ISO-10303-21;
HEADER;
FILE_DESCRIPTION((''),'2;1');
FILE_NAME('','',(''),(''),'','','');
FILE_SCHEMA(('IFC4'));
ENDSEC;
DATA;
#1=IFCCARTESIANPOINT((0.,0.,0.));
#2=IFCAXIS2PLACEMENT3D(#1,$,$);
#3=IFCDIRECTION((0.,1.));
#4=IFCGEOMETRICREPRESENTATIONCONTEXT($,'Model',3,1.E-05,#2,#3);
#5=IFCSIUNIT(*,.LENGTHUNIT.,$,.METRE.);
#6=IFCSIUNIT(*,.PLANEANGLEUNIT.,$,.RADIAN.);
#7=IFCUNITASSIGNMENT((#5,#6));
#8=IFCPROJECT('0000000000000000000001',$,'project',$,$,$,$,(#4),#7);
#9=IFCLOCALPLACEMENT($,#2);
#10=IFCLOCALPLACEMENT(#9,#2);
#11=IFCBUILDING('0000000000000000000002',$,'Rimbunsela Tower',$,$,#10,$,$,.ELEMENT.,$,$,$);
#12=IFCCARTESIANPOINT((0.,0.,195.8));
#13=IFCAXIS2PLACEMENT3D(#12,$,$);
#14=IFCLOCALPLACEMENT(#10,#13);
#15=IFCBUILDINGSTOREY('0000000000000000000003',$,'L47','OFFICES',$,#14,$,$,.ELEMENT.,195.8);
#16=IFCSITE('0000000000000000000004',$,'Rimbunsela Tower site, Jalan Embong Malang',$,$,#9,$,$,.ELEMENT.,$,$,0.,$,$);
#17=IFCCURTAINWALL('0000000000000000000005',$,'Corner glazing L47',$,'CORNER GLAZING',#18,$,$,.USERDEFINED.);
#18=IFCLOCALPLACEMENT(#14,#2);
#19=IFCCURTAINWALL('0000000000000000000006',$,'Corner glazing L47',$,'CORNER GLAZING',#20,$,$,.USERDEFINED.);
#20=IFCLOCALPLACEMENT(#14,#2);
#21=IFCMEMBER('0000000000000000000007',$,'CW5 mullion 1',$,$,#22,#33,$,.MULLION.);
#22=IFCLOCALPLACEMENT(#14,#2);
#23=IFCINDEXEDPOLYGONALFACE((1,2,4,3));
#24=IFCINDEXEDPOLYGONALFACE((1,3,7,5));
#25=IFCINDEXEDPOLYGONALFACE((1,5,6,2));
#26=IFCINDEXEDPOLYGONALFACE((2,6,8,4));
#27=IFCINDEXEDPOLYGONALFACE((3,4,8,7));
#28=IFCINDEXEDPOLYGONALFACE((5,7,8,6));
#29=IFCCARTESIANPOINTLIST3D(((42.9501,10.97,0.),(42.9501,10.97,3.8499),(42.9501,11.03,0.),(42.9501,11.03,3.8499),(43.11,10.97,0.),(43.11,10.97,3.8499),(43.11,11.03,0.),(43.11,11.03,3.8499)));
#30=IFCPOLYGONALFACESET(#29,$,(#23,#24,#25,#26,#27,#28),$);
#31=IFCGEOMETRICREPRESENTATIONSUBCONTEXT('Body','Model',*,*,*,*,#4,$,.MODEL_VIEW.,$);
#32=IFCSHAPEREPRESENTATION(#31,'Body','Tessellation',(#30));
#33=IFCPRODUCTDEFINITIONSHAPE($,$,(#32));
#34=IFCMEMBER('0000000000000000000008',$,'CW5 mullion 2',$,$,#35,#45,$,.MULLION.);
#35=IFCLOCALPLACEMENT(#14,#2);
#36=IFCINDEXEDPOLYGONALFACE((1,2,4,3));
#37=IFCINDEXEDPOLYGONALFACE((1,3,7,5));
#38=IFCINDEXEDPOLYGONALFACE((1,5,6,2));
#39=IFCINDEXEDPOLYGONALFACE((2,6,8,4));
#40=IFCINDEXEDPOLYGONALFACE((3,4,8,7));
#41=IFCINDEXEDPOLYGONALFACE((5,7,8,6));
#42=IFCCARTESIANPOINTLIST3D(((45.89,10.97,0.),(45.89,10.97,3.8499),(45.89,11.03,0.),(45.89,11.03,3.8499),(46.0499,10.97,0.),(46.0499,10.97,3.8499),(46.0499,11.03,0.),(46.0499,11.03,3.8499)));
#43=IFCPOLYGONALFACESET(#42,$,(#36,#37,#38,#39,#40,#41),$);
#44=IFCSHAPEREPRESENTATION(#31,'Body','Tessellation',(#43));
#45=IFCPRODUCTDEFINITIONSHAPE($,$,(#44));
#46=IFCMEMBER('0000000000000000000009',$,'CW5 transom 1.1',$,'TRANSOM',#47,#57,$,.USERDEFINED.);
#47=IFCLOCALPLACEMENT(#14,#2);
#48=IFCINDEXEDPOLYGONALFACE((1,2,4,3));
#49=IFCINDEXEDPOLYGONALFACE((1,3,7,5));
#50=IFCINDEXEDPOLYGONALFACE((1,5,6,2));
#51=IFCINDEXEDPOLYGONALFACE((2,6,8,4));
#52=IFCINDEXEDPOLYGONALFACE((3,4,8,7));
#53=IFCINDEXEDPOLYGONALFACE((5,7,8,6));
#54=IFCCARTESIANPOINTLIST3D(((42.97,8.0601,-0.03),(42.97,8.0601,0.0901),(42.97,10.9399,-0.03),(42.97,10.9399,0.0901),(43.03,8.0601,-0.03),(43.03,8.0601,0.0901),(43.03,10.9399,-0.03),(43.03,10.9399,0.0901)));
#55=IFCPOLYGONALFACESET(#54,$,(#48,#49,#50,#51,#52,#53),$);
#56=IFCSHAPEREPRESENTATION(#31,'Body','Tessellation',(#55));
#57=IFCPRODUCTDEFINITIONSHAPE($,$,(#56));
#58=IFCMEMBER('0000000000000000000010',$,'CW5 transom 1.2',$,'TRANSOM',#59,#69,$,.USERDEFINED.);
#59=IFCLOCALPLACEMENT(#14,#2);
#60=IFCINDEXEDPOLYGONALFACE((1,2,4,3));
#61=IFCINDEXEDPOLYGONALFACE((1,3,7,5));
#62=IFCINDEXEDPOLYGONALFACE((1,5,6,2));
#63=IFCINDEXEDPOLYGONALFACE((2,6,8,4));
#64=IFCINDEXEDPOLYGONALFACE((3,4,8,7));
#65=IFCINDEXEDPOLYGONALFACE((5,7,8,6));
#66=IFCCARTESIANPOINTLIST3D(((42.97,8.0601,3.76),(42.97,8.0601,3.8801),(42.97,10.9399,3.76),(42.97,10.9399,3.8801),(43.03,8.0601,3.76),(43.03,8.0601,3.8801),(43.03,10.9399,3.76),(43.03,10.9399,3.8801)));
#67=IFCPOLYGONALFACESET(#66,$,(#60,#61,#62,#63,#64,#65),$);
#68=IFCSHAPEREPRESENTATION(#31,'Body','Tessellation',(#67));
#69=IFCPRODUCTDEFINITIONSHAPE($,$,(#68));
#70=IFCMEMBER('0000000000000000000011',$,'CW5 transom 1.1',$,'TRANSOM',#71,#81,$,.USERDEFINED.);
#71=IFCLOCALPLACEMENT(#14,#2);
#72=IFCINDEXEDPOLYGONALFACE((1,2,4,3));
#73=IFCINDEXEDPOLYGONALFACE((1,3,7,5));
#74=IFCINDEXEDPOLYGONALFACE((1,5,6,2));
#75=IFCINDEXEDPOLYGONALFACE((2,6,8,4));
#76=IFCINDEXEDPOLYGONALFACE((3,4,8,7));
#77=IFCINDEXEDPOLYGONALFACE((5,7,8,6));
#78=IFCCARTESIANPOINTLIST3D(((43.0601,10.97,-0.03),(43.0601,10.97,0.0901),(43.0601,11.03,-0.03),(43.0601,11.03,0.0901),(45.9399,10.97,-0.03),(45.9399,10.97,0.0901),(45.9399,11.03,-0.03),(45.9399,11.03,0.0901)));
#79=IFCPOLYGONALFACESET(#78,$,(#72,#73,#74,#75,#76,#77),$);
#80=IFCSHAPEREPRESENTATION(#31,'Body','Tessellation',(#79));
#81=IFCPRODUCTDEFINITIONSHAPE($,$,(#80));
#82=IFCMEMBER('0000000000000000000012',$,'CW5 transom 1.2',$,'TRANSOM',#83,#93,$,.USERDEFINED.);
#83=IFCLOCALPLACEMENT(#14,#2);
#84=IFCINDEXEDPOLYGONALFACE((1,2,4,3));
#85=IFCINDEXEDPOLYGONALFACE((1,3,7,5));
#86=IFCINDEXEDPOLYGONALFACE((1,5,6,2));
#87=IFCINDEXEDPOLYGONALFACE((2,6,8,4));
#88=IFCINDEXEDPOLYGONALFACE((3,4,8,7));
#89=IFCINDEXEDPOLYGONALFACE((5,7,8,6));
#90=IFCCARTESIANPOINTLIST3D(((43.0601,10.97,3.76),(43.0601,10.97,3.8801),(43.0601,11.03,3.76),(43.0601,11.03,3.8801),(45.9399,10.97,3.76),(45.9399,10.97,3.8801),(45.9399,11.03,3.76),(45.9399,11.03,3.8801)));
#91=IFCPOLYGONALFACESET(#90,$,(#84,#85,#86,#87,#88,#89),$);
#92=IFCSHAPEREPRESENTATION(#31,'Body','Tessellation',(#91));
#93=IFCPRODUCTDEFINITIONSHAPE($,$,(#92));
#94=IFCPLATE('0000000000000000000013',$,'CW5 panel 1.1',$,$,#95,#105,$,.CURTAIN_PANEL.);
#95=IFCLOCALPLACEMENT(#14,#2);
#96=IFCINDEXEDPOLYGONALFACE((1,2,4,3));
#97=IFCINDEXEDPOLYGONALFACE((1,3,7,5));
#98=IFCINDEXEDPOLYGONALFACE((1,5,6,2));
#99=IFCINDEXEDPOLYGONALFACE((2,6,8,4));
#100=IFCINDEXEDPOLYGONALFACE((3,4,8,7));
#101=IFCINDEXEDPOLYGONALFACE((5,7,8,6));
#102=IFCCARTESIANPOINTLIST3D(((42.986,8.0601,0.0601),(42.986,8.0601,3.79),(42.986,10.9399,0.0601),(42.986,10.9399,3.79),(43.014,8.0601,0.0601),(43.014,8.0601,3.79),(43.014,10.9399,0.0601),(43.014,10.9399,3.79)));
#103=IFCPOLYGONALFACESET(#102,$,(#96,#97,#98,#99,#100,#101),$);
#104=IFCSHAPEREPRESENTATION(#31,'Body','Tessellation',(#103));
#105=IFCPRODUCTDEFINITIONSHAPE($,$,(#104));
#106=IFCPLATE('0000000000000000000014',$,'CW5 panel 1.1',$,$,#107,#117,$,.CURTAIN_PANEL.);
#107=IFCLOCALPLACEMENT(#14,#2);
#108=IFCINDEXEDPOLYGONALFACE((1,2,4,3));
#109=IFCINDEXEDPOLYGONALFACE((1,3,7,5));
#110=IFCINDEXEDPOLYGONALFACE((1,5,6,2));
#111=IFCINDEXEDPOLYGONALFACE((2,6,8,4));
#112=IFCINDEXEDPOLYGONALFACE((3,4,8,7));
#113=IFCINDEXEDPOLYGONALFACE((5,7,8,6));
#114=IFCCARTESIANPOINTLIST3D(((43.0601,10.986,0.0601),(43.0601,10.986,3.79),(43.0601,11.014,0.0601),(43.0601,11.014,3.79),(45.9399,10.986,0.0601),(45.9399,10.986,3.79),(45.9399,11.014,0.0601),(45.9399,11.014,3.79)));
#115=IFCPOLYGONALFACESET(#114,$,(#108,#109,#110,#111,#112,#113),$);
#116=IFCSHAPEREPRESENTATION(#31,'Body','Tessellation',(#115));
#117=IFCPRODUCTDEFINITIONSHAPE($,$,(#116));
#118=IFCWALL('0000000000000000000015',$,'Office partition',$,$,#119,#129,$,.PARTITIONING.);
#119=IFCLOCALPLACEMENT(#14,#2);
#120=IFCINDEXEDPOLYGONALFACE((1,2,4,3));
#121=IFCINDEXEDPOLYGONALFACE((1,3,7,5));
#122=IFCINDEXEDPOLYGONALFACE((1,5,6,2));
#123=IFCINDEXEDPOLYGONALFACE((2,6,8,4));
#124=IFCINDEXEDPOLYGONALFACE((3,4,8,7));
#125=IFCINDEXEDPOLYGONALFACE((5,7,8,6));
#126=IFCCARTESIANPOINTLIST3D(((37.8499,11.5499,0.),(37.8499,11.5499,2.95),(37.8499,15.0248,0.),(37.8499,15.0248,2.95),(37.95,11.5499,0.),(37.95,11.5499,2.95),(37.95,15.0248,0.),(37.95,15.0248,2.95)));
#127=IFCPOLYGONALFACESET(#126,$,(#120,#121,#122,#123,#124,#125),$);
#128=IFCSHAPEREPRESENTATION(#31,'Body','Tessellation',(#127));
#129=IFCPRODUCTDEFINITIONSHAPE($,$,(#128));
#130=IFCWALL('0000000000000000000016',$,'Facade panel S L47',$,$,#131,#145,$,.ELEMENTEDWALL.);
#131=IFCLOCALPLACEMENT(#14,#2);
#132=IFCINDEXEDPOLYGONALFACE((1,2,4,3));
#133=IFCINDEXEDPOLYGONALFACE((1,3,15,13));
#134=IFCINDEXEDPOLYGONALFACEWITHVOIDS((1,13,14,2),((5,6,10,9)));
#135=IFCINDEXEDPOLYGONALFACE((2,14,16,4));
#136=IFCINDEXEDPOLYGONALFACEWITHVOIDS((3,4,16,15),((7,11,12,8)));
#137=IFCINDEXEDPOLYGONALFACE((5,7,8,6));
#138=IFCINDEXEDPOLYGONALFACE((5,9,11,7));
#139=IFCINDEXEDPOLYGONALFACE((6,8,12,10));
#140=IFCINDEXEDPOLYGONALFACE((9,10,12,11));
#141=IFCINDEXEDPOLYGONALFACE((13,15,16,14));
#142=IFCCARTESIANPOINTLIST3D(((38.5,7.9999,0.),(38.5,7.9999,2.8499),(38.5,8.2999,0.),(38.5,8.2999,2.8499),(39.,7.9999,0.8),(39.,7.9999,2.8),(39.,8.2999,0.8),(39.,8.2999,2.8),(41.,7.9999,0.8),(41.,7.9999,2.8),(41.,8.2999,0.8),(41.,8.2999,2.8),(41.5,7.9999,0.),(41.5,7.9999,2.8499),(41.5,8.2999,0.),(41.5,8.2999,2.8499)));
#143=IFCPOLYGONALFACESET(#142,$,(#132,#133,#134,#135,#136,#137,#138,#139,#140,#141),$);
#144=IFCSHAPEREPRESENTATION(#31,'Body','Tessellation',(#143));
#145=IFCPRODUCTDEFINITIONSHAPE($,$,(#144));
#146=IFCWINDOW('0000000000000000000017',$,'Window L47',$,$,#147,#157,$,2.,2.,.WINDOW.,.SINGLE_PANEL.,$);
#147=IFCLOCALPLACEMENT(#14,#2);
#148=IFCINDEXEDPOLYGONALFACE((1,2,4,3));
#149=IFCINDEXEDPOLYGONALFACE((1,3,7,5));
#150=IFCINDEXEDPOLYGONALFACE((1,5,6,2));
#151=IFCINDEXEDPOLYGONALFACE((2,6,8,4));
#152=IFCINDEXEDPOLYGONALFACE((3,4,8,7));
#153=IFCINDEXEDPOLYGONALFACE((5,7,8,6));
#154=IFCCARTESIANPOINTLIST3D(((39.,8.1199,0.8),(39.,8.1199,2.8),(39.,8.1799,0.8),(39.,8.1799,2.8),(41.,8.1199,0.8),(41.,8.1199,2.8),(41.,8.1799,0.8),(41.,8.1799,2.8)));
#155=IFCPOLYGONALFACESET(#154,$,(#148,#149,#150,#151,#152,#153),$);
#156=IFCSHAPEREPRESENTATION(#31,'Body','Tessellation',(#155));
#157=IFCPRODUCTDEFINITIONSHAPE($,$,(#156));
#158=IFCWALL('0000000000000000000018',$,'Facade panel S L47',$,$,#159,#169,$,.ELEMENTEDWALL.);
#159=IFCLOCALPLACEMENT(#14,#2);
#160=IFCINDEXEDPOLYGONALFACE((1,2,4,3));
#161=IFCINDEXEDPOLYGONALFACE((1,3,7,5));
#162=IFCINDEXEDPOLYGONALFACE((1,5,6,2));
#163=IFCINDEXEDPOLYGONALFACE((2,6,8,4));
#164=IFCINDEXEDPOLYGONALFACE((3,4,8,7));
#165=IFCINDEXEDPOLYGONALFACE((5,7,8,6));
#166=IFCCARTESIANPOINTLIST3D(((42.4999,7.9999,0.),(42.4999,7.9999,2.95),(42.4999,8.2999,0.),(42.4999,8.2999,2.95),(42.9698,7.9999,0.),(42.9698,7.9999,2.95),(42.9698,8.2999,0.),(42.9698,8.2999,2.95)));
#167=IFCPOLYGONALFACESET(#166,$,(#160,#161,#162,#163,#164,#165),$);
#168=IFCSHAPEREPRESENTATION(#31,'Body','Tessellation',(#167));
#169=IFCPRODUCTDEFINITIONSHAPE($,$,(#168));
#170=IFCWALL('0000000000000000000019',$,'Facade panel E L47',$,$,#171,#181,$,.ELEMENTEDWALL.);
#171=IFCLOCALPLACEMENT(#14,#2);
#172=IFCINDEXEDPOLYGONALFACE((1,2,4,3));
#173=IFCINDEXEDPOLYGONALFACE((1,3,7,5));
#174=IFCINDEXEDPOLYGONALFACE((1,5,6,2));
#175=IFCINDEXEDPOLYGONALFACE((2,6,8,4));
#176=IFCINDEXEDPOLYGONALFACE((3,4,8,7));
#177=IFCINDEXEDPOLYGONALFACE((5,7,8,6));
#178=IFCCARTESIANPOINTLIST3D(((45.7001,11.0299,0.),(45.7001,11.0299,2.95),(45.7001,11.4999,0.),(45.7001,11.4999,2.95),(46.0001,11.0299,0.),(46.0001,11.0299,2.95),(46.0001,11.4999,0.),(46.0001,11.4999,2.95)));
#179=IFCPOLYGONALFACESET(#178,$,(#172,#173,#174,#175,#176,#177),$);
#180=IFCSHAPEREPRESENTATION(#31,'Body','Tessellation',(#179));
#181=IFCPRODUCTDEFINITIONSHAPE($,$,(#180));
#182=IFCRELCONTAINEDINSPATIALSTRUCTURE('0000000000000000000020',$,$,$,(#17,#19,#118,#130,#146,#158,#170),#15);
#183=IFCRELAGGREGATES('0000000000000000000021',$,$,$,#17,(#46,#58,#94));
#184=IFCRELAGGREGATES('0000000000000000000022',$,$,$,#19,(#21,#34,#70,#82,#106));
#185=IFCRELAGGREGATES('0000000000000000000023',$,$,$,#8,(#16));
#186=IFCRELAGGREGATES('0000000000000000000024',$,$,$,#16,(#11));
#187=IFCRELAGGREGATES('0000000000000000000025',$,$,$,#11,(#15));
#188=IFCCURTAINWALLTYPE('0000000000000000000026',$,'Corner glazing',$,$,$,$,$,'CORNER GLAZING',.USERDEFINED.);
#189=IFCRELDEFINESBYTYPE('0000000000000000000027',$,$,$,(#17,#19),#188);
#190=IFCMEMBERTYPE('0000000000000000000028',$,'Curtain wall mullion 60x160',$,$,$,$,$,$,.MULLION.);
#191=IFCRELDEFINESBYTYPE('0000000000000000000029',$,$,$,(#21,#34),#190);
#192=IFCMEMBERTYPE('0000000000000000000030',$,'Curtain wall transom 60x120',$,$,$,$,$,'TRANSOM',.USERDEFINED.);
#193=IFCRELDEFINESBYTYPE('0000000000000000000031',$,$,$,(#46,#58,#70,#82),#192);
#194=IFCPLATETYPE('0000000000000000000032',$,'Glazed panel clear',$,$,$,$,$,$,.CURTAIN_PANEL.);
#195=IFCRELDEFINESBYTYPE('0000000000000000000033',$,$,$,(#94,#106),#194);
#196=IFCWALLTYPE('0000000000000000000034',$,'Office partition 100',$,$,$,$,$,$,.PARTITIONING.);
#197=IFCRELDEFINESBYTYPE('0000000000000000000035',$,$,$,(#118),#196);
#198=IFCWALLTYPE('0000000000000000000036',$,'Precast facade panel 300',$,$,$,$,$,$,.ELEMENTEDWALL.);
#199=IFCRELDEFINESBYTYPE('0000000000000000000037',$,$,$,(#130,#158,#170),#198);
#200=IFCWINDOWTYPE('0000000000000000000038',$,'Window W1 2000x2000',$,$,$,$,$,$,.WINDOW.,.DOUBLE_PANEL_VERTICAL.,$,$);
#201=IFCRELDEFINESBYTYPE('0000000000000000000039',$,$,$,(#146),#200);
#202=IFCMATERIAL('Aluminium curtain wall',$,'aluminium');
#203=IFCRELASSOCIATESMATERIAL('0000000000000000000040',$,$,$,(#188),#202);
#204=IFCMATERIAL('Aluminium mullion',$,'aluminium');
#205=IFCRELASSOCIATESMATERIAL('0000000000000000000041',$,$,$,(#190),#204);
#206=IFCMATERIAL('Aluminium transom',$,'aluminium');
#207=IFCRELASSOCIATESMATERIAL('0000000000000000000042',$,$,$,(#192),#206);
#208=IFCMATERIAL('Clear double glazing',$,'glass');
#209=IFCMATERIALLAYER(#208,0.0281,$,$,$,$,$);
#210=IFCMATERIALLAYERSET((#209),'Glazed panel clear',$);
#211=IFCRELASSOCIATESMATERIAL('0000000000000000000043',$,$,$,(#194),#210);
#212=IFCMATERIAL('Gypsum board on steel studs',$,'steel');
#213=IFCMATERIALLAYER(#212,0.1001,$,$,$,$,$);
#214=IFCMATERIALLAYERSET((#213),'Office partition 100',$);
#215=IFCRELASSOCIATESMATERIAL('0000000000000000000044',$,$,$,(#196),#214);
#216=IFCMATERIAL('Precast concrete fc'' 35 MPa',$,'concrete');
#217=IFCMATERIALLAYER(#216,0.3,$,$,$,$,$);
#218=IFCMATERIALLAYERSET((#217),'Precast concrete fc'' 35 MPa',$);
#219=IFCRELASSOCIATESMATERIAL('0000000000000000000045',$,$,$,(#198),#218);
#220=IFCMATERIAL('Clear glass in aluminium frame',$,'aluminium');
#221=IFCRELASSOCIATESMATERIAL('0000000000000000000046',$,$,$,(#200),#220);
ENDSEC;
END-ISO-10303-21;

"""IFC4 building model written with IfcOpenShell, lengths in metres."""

from ifc_helpers import new_model, si_unit, direction, frame, frame_2d, origin, origin_2d, place, context, subcontext, project, spatial, rectangle, extrude, material, layer, layer_set, material_profile, profile_set, type_object, element, fill, aggregate, save


model = new_model("IFC4")

# Units and contexts
model_context = context("Model", 3, precision=1e-05, world=origin(), true_north=direction((0.0, 1.0)))
body_context = subcontext(model_context, "Body", "Model", "MODEL_VIEW")
ifc_project = project(units=[si_unit("LENGTHUNIT", "METRE"), si_unit("PLANEANGLEUNIT", "RADIAN")], contexts=[model_context])

# Site, building, storey
site_placement = place(None, origin())
site = spatial("IfcSite", under=ifc_project, at=site_placement, Name="Rimbunsela Tower site, Jalan Embong Malang", CompositionType="ELEMENT", RefElevation=0.0)
building_placement = place(site_placement, origin())
building = spatial("IfcBuilding", under=site, at=building_placement, Name="Rimbunsela Tower", CompositionType="ELEMENT")
storey_placement = place(building_placement, frame((0.0, 0.0, 195.8)))
storey = spatial("IfcBuildingStorey", under=building, at=storey_placement, Name="L47", Description="OFFICES", CompositionType="ELEMENT", Elevation=195.8)

# Curtain walls, members
ifc_material_1 = material(Name="Aluminium curtain wall", Category="aluminium")
curtain_wall_type = type_object("IfcCurtainWallType", Name="Corner glazing", ElementType="CORNER GLAZING", PredefinedType="USERDEFINED", material=ifc_material_1)
curtain_wall_1_placement = place(storey_placement, origin())
curtain_wall_1 = element("IfcCurtainWall", 1, at=curtain_wall_1_placement, inside=storey, type_object=curtain_wall_type, Name="Corner glazing L47", ObjectType="CORNER GLAZING", PredefinedType="USERDEFINED")
ifc_material_2 = material(Name="Aluminium mullion", Category="aluminium")
ifc_material_profile_1 = material_profile(ifc_material_2, rectangle(XDim=0.0601, YDim=0.1599, at=origin_2d()), Name="Mullion 60x160")
ifc_profile_set_1 = profile_set([ifc_material_profile_1], Name="Aluminium mullion")
member_type_1 = type_object("IfcMemberType", Name="Curtain wall mullion 60x160", PredefinedType="MULLION", material=ifc_profile_set_1)
curtain_wall_2_placement = place(storey_placement, origin())
curtain_wall_2 = element("IfcCurtainWall", 2, at=curtain_wall_2_placement, inside=storey, type_object=curtain_wall_type, Name="Corner glazing L47", ObjectType="CORNER GLAZING", PredefinedType="USERDEFINED")
member_1_placement = place(storey_placement, frame((43.03, 11.0, 0.0), z_axis=(0.0, 0.0, 1.0), x_axis=(0.0, 1.0, 0.0)))
member_1 = element("IfcMember", 3, at=member_1_placement, type_object=member_type_1, Name="CW5 mullion 1", PredefinedType="MULLION", context=body_context, shape_type="SweptSolid", body=[
    extrude(rectangle(XDim=0.0601, YDim=0.1599, at=origin_2d()), origin(), (0.0, 0.0, 1.0), 3.8499),
])
member_2_placement = place(storey_placement, frame((45.97, 11.0, 0.0), z_axis=(0.0, 0.0, 1.0), x_axis=(0.0, 1.0, 0.0)))
member_2 = element("IfcMember", 4, at=member_2_placement, type_object=member_type_1, Name="CW5 mullion 2", PredefinedType="MULLION", context=body_context, shape_type="SweptSolid", body=[
    extrude(rectangle(XDim=0.0601, YDim=0.1599, at=origin_2d()), origin(), (0.0, 0.0, 1.0), 3.8499),
])

# Members
ifc_material_3 = material(Name="Aluminium transom", Category="aluminium")
ifc_material_profile_2 = material_profile(ifc_material_3, rectangle(XDim=0.0601, YDim=0.1201, at=origin_2d()), Name="Transom 60x120")
ifc_profile_set_2 = profile_set([ifc_material_profile_2], Name="Aluminium transom")
member_type_2 = type_object("IfcMemberType", Name="Curtain wall transom 60x120", ElementType="TRANSOM", PredefinedType="USERDEFINED", material=ifc_profile_set_2)
member_3_placement = place(storey_placement, frame((43.0, 8.0601, 0.03), z_axis=(0.0, 1.0, 0.0), x_axis=(-1.0, 0.0, 0.0)))
member_3 = element("IfcMember", 5, at=member_3_placement, type_object=member_type_2, Name="CW5 transom 1.1", ObjectType="TRANSOM", PredefinedType="USERDEFINED", context=body_context, shape_type="SweptSolid", body=[
    extrude(rectangle(XDim=0.0601, YDim=0.1201, at=origin_2d()), origin(), (0.0, 0.0, 1.0), 2.8799),
])
member_4_placement = place(storey_placement, frame((43.0, 8.0601, 3.8201), z_axis=(0.0, 1.0, 0.0), x_axis=(-1.0, 0.0, 0.0)))
member_4 = element("IfcMember", 6, at=member_4_placement, type_object=member_type_2, Name="CW5 transom 1.2", ObjectType="TRANSOM", PredefinedType="USERDEFINED", context=body_context, shape_type="SweptSolid", body=[
    extrude(rectangle(XDim=0.0601, YDim=0.1201, at=origin_2d()), origin(), (0.0, 0.0, 1.0), 2.8799),
])
member_5_placement = place(storey_placement, frame((43.0601, 11.0, 0.03), z_axis=(1.0, 0.0, 0.0), x_axis=(0.0, 1.0, 0.0)))
member_5 = element("IfcMember", 7, at=member_5_placement, type_object=member_type_2, Name="CW5 transom 1.1", ObjectType="TRANSOM", PredefinedType="USERDEFINED", context=body_context, shape_type="SweptSolid", body=[
    extrude(rectangle(XDim=0.0601, YDim=0.1201, at=origin_2d()), origin(), (0.0, 0.0, 1.0), 2.8799),
])
member_6_placement = place(storey_placement, frame((43.0601, 11.0, 3.8201), z_axis=(1.0, 0.0, 0.0), x_axis=(0.0, 1.0, 0.0)))
member_6 = element("IfcMember", 8, at=member_6_placement, type_object=member_type_2, Name="CW5 transom 1.2", ObjectType="TRANSOM", PredefinedType="USERDEFINED", context=body_context, shape_type="SweptSolid", body=[
    extrude(rectangle(XDim=0.0601, YDim=0.1201, at=origin_2d()), origin(), (0.0, 0.0, 1.0), 2.8799),
])

# Plates
ifc_material_4 = material(Name="Clear double glazing", Category="glass")
ifc_layer_1 = layer(ifc_material_4, 0.0281)
ifc_layer_set_1 = layer_set([ifc_layer_1], Name="Glazed panel clear")
plate_type = type_object("IfcPlateType", Name="Glazed panel clear", PredefinedType="CURTAIN_PANEL", material=ifc_layer_set_1)
plate_1_placement = place(storey_placement, frame((43.0, 9.5, 0.0601), z_axis=(0.0, 0.0, 1.0), x_axis=(0.0, 1.0, 0.0)))
plate_1 = element("IfcPlate", 9, at=plate_1_placement, type_object=plate_type, Name="CW5 panel 1.1", PredefinedType="CURTAIN_PANEL", context=body_context, shape_type="SweptSolid", body=[
    extrude(rectangle(XDim=2.8799, YDim=0.0281, at=origin_2d()), origin(), (0.0, 0.0, 1.0), 3.73),
])
aggregate(curtain_wall_1, [member_3, member_4, plate_1])
plate_2_placement = place(storey_placement, frame((44.5, 11.0, 0.0601), z_axis=(0.0, 0.0, 1.0), x_axis=(1.0, 0.0, 0.0)))
plate_2 = element("IfcPlate", 10, at=plate_2_placement, type_object=plate_type, Name="CW5 panel 1.1", PredefinedType="CURTAIN_PANEL", context=body_context, shape_type="SweptSolid", body=[
    extrude(rectangle(XDim=2.8799, YDim=0.0281, at=origin_2d()), origin(), (0.0, 0.0, 1.0), 3.73),
])
aggregate(curtain_wall_2, [member_1, member_2, member_5, member_6, plate_2])

# Wall
ifc_material_5 = material(Name="Gypsum board on steel studs", Category="steel")
ifc_layer_2 = layer(ifc_material_5, 0.1001)
ifc_layer_set_2 = layer_set([ifc_layer_2], Name="Office partition 100")
wall_type_1 = type_object("IfcWallType", Name="Office partition 100", PredefinedType="PARTITIONING", material=ifc_layer_set_2)
wall_1_placement = place(storey_placement, frame((37.8999, 11.55, 0.0), z_axis=(0.0, 0.0, 1.0), x_axis=(0.0, 1.0, 0.0)))
element("IfcWall", 11, at=wall_1_placement, inside=storey, type_object=wall_type_1, Name="Office partition", PredefinedType="PARTITIONING", context=body_context, shape_type="SweptSolid", body=[
    extrude(rectangle(XDim=3.4749, YDim=0.1001, at=frame_2d((1.7373, 0.0))), origin(), (0.0, 0.0, 1.0), 2.95),
])

# Wall, opening, window
ifc_material_6 = material(Name="Precast concrete fc' 35 MPa", Category="concrete")
ifc_layer_3 = layer(ifc_material_6, 0.3)
ifc_layer_set_3 = layer_set([ifc_layer_3], Name="Precast concrete fc' 35 MPa")
wall_type_2 = type_object("IfcWallType", Name="Precast facade panel 300", PredefinedType="ELEMENTEDWALL", material=ifc_layer_set_3)
wall_2_placement = place(storey_placement, frame((38.5, 8.1499, 0.0), z_axis=(0.0, 0.0, 1.0), x_axis=(1.0, 0.0, 0.0)))
wall_2 = element("IfcWall", 12, at=wall_2_placement, inside=storey, type_object=wall_type_2, Name="Facade panel S L47", PredefinedType="ELEMENTEDWALL", context=body_context, shape_type="SweptSolid", body=[
    extrude(rectangle(XDim=3.0, YDim=0.3, at=frame_2d((1.5, 0.0))), origin(), (0.0, 0.0, 1.0), 2.8499),
])
opening_placement = place(wall_2_placement, frame((0.5, 0.0, 0.8)))
opening = element("IfcOpeningElement", 13, at=opening_placement, cuts=wall_2, PredefinedType="OPENING", context=body_context, shape_type="SweptSolid", body=[
    extrude(rectangle(XDim=2.0, YDim=2.0, at=frame_2d((1.0, 1.0))), frame((0.0, 0.1599, 0.0), z_axis=(0.0, -1.0, 0.0), x_axis=(1.0, 0.0, 0.0)), (0.0, 0.0, 1.0), 0.3201),
])
ifc_material_7 = material(Name="Clear glass in aluminium frame", Category="aluminium")
window_type = type_object("IfcWindowType", Name="Window W1 2000x2000", PartitioningType="DOUBLE_PANEL_VERTICAL", PredefinedType="WINDOW", material=ifc_material_7)
window_placement = place(opening_placement, origin())
window = element("IfcWindow", 14, at=window_placement, inside=storey, type_object=window_type, Name="Window L47", OverallHeight=2.0, OverallWidth=2.0, PartitioningType="SINGLE_PANEL", PredefinedType="WINDOW", context=body_context, shape_type="SweptSolid", body=[
    extrude(rectangle(XDim=2.0, YDim=2.0, at=frame_2d((1.0, 1.0))), frame((0.0, 0.03, 0.0), z_axis=(0.0, -1.0, 0.0), x_axis=(1.0, 0.0, 0.0)), (0.0, 0.0, 1.0), 0.0601),
])
fill(opening, window)

# Walls
for number, where, z_axis, x_axis, name in (
    (15, (42.5, 8.1499, 0.0), (0.0, 0.0, 1.0), (1.0, 0.0, 0.0), "Facade panel S L47"),
    (16, (45.8501, 11.03, 0.0), (0.0, 0.0, 1.0), (0.0, 1.0, 0.0), "Facade panel E L47"),
):
    element("IfcWall", number, at=place(storey_placement, frame(where, z_axis=z_axis, x_axis=x_axis)), inside=storey, type_object=wall_type_2, Name=name, PredefinedType="ELEMENTEDWALL", context=body_context, shape_type="SweptSolid", body=[
        extrude(rectangle(XDim=0.47, YDim=0.3, at=frame_2d((0.2349, 0.0))), origin(), (0.0, 0.0, 1.0), 2.95),
    ])

save(model, "model.ifc")
